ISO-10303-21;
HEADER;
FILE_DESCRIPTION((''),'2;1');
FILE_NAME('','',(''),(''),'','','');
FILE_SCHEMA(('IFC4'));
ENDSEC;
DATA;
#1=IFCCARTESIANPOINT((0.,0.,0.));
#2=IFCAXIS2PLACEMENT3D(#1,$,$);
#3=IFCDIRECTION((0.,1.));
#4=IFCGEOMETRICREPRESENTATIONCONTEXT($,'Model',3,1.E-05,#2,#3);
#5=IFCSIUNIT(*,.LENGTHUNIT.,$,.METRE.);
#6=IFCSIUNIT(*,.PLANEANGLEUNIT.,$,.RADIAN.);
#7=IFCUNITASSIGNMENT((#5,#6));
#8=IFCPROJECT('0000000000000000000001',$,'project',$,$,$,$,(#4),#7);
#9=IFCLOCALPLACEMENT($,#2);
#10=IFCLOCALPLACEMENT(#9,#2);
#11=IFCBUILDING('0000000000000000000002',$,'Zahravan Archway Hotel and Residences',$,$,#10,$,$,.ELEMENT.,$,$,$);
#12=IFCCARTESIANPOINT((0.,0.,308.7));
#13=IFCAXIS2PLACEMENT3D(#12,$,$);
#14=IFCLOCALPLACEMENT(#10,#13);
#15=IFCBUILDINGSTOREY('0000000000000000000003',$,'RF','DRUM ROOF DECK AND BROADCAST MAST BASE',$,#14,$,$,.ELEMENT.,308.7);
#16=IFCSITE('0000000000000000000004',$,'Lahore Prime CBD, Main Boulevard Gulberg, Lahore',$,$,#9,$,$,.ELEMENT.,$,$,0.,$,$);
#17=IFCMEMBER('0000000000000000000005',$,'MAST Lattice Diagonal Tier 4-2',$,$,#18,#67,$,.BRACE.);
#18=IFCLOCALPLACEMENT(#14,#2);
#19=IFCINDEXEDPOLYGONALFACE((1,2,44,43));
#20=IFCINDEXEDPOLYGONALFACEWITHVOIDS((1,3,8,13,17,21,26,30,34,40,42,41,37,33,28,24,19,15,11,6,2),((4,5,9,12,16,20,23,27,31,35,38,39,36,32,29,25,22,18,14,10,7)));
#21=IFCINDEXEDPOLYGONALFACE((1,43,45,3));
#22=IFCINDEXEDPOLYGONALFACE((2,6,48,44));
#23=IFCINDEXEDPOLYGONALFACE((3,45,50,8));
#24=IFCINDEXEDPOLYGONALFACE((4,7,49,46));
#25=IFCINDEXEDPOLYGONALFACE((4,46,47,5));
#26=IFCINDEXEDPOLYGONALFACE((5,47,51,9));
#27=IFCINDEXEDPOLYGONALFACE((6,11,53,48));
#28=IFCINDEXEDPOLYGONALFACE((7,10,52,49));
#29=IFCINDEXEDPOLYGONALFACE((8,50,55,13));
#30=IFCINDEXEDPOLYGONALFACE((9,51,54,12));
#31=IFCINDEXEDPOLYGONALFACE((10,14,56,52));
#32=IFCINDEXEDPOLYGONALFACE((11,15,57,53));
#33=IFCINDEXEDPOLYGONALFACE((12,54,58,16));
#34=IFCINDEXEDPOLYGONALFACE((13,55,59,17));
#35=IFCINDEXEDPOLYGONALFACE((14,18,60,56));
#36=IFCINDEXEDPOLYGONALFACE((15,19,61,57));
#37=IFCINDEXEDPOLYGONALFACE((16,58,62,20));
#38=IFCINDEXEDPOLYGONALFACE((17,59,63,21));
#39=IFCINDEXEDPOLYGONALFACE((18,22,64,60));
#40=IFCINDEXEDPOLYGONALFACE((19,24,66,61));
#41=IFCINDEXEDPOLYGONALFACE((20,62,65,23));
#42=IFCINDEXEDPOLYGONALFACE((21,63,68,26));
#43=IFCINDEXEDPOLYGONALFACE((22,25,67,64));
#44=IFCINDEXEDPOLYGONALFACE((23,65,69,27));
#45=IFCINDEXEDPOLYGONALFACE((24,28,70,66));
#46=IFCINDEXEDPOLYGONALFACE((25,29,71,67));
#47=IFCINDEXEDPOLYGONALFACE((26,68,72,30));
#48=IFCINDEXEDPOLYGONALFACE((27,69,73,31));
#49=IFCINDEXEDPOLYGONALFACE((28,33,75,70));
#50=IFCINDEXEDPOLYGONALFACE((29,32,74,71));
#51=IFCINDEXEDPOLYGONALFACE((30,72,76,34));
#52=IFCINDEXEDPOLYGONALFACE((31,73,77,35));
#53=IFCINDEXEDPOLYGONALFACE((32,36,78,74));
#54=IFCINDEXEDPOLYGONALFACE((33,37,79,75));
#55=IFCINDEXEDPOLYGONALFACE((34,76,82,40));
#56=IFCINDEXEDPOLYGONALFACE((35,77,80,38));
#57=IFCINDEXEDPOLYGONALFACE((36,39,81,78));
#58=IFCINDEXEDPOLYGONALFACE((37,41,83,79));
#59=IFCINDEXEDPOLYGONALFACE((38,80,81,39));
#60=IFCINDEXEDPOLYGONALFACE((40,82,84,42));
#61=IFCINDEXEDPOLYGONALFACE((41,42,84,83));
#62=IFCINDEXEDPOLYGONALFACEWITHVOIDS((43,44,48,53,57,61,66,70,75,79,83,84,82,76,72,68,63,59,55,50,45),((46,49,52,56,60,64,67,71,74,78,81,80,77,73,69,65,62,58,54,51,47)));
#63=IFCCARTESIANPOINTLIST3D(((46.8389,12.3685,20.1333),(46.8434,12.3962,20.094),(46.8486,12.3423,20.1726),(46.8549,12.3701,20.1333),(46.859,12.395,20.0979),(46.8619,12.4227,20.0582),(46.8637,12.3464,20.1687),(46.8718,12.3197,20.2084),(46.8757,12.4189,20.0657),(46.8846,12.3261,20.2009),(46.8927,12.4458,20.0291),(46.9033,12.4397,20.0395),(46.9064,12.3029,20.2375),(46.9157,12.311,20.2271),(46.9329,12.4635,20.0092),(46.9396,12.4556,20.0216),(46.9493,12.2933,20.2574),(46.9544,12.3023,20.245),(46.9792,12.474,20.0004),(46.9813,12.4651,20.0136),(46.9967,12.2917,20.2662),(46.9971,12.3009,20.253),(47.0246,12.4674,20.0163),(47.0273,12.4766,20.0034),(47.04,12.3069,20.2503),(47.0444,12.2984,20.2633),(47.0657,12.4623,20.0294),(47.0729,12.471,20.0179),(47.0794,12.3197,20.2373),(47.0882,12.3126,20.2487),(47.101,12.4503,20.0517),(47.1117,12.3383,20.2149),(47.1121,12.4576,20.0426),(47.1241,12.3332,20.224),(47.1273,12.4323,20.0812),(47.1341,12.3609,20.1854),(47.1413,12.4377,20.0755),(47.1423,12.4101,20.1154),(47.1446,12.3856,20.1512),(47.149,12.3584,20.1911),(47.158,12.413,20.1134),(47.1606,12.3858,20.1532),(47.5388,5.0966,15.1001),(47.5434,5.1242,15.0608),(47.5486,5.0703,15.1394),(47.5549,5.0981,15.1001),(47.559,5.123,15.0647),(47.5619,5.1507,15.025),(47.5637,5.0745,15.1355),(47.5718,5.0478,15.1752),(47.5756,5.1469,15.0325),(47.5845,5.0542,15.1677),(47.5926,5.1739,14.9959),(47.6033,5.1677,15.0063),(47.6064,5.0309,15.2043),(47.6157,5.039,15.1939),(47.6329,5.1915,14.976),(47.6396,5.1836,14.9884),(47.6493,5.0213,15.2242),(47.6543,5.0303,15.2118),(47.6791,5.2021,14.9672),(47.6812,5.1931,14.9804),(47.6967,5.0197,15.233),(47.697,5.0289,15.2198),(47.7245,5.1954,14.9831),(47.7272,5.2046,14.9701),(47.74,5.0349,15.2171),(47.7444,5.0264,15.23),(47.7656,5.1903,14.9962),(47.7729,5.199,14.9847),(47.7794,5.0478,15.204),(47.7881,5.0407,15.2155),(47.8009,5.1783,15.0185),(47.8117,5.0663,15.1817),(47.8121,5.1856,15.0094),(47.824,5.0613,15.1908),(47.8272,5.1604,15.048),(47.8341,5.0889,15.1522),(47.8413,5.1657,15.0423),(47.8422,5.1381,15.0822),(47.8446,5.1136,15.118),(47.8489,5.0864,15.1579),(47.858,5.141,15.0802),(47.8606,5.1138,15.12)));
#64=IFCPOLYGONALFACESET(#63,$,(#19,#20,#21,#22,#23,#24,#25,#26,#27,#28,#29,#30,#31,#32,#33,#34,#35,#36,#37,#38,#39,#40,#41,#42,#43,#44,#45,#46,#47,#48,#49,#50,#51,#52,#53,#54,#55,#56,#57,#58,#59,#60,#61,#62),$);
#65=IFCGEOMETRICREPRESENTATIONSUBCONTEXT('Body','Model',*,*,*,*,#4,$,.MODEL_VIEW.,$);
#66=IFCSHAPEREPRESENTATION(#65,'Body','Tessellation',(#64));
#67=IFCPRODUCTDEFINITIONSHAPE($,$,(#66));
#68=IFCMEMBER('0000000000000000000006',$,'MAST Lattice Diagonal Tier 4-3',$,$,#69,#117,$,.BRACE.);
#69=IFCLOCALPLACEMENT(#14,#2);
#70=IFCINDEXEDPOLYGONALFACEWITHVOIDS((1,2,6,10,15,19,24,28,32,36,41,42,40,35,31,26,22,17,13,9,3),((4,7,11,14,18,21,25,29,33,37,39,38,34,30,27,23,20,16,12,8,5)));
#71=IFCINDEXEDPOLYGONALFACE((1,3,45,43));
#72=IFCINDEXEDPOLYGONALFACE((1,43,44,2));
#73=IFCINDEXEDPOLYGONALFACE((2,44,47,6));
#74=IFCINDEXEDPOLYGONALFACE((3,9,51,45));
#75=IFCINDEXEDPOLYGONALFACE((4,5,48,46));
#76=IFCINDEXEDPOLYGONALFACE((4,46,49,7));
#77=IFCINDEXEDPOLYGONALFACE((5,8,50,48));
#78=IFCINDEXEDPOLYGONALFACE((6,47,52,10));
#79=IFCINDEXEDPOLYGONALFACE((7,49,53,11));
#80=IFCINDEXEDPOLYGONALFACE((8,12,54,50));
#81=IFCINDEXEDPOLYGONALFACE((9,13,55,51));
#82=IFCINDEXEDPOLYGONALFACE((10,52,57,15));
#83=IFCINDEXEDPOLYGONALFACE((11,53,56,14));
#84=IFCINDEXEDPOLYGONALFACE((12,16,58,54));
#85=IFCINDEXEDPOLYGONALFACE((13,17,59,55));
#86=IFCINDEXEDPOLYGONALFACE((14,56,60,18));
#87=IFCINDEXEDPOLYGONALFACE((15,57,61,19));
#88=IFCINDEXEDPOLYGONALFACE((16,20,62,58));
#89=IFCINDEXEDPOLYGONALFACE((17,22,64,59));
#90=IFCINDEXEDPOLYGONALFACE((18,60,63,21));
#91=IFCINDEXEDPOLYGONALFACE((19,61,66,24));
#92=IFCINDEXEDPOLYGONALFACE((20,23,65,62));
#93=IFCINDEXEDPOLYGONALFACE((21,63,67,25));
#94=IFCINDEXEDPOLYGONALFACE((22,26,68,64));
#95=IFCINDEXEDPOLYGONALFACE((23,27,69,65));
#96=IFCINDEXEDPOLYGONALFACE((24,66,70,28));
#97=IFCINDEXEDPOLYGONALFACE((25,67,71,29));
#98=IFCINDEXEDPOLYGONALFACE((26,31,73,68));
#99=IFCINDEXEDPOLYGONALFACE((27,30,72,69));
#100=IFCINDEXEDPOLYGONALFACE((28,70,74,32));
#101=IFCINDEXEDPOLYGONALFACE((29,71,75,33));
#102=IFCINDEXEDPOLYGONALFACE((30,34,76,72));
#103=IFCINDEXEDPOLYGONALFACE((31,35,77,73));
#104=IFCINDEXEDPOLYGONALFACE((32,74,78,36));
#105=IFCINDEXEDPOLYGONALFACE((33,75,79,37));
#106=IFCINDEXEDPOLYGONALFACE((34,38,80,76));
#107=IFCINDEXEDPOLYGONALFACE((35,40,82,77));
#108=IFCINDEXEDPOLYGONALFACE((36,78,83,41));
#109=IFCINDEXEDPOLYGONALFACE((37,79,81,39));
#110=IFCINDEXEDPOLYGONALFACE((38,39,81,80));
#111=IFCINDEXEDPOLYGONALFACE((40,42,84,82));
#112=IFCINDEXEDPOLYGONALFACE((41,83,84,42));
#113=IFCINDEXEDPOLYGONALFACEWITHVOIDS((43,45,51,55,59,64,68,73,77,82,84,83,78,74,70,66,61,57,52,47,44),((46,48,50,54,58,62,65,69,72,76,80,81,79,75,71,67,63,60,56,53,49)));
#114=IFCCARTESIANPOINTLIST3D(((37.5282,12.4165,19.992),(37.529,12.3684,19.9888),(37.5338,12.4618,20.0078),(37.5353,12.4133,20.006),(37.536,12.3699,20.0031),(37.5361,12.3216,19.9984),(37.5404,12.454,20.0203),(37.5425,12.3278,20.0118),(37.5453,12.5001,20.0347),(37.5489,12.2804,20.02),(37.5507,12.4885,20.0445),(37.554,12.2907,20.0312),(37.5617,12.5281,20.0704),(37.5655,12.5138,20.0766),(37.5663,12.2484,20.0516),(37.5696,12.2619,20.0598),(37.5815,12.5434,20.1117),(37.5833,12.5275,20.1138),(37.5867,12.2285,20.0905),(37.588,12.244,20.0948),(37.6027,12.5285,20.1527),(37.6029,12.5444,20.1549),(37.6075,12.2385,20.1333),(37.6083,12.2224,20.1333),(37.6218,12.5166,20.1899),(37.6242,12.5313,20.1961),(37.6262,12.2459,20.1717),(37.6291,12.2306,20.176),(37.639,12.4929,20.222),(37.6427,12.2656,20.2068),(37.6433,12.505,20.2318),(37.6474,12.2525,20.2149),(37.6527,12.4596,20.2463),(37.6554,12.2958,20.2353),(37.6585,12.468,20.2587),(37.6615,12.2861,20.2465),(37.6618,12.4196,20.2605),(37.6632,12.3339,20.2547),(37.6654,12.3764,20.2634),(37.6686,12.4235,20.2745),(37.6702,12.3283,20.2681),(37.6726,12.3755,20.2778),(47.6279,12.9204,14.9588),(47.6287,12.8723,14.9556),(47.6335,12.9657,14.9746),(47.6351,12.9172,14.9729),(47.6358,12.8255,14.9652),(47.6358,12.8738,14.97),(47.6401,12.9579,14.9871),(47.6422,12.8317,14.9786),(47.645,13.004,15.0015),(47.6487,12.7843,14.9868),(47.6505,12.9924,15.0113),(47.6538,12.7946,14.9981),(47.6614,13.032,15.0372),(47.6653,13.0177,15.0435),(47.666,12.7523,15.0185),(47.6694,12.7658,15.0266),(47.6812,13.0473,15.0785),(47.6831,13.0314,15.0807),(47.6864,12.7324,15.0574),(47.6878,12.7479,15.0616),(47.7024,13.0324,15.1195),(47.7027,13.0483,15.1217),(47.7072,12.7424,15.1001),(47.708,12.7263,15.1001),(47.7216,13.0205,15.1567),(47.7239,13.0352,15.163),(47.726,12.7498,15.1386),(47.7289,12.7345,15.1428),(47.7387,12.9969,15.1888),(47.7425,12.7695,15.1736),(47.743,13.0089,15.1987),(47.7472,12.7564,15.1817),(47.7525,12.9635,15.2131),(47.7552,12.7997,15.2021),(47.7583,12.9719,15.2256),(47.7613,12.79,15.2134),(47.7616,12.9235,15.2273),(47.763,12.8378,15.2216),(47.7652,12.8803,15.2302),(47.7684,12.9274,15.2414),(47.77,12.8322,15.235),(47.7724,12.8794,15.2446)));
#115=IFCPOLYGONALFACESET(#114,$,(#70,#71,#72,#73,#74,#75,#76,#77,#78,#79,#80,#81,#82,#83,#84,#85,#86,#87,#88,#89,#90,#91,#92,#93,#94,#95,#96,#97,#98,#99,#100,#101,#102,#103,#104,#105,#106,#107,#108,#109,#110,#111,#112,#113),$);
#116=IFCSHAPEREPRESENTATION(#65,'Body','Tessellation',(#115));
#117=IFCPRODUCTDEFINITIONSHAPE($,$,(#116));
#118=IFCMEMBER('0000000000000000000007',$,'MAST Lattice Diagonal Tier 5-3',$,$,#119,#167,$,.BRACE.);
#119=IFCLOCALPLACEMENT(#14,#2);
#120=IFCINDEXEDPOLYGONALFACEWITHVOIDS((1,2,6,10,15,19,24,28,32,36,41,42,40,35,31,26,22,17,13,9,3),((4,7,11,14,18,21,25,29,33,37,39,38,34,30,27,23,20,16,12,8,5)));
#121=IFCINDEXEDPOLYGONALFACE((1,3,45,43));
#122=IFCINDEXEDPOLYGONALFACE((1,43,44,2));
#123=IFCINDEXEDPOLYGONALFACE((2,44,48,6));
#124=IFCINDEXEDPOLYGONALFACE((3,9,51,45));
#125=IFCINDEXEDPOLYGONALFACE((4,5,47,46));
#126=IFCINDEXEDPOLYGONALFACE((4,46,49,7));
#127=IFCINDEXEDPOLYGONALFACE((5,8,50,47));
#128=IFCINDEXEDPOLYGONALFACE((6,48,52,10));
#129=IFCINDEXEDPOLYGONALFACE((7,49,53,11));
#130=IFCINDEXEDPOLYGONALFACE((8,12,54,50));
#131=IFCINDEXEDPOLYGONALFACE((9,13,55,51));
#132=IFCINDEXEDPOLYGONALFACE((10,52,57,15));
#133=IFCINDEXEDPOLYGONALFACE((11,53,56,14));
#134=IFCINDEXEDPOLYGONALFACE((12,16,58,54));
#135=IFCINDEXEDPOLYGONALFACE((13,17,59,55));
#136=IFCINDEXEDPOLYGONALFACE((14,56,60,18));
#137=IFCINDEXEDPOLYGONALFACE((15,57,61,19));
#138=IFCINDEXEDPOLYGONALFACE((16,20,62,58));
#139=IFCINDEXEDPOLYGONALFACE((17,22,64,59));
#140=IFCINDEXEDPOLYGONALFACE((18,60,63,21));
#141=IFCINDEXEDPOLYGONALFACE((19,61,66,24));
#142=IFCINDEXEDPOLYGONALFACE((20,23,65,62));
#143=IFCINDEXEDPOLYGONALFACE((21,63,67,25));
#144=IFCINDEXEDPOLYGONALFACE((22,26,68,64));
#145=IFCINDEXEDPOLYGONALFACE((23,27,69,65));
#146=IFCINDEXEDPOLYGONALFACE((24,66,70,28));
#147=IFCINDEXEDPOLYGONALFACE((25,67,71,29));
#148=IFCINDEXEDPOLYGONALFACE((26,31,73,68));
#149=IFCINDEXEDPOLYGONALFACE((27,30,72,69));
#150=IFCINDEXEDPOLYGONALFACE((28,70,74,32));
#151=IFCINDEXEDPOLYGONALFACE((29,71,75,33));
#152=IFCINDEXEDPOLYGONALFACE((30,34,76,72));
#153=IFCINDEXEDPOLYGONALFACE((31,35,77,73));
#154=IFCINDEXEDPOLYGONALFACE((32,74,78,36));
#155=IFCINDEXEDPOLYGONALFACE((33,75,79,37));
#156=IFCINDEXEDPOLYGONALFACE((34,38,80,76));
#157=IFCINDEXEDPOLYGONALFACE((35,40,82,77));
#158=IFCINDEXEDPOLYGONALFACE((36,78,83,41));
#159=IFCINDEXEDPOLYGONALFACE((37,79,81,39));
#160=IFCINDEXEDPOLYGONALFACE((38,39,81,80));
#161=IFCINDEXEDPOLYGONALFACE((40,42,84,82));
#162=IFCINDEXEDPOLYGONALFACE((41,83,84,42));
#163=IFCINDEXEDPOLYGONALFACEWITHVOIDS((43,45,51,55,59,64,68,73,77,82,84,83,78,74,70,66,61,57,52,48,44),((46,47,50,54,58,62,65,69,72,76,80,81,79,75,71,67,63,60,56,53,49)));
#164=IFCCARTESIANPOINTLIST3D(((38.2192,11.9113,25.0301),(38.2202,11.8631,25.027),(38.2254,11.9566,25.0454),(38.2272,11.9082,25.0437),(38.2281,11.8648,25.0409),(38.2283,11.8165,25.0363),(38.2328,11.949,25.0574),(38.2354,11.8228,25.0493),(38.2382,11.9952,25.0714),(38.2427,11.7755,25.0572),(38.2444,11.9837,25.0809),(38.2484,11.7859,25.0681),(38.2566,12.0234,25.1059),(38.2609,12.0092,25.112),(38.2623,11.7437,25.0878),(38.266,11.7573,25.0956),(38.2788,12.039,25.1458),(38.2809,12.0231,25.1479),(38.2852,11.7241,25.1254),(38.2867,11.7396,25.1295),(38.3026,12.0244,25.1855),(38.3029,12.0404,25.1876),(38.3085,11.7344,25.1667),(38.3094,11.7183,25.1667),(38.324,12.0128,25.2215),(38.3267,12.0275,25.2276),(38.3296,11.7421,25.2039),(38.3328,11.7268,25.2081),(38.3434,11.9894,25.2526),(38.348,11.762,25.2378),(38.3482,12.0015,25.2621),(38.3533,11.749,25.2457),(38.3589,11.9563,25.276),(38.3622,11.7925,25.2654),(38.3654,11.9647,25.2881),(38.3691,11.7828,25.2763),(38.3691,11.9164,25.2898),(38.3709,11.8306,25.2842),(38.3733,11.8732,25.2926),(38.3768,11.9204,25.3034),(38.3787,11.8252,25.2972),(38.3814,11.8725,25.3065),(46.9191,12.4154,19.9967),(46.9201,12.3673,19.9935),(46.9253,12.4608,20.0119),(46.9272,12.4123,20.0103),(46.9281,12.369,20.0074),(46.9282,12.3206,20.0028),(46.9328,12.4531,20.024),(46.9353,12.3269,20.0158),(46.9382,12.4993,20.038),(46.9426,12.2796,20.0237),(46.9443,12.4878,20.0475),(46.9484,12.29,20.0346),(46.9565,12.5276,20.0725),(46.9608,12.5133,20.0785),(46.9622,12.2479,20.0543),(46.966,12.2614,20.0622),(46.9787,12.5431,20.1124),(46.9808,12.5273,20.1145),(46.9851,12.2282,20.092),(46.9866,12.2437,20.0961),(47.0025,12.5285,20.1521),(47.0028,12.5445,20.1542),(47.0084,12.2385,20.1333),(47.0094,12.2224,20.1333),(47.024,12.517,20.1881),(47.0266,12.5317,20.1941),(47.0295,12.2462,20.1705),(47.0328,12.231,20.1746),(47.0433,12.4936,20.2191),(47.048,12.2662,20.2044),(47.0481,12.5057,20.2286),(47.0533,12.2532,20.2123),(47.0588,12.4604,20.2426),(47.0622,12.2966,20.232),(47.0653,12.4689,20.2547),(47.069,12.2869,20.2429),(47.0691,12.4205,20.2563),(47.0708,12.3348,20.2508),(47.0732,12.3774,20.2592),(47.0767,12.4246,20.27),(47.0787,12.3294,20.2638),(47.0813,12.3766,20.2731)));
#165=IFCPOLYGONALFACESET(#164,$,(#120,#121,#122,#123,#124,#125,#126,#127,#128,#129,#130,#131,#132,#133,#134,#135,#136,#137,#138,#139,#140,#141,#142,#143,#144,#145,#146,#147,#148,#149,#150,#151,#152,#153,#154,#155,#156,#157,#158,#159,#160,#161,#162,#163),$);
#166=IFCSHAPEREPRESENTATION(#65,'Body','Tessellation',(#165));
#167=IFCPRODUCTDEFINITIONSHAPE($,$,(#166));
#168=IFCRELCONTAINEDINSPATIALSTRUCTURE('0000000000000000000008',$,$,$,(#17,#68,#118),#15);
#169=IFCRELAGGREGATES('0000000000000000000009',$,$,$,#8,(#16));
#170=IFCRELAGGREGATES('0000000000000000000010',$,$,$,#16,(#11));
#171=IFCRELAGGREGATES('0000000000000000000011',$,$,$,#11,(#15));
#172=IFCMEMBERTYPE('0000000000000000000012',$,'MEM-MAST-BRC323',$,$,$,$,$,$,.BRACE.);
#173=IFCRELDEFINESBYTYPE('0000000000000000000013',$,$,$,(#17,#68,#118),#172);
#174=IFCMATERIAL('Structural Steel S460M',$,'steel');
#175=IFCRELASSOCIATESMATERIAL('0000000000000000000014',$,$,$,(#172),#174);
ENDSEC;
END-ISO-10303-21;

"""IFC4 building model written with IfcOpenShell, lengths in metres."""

from ifc_helpers import new_model, si_unit, direction, frame, origin, origin_2d, place, context, subcontext, project, spatial, hollow_circle, extrude, source, transform, mapped, material, material_profile, profile_set, type_object, element, save


model = new_model("IFC4")

# Units and contexts
model_context = context("Model", 3, precision=1e-05, world=origin(), true_north=direction((0.0, 1.0)))
body_context = subcontext(model_context, "Body", "Model", "MODEL_VIEW")
ifc_project = project(units=[si_unit("LENGTHUNIT", "METRE"), si_unit("PLANEANGLEUNIT", "RADIAN")], contexts=[model_context])

# Site, building, storey
site_placement = place(None, origin())
site = spatial("IfcSite", under=ifc_project, at=site_placement, Name="Lahore Prime CBD, Main Boulevard Gulberg, Lahore", CompositionType="ELEMENT", RefElevation=0.0)
building_placement = place(site_placement, origin())
building = spatial("IfcBuilding", under=site, at=building_placement, Name="Zahravan Archway Hotel and Residences", CompositionType="ELEMENT")
storey_placement = place(building_placement, frame((0.0, 0.0, 308.7)))
storey = spatial("IfcBuildingStorey", under=building, at=storey_placement, Name="RF", Description="DRUM ROOF DECK AND BROADCAST MAST BASE", CompositionType="ELEMENT", Elevation=308.7)

# Members
ifc_material_1 = material(Name="Structural Steel S460M", Category="steel")
ifc_material_profile_1 = material_profile(ifc_material_1, hollow_circle(Radius=0.1619, WallThickness=0.0161, at=origin_2d()), Name="CHS 323.9x16", Category="steel")
ifc_profile_set_1 = profile_set([ifc_material_profile_1], Name="Structural Steel S460M")
member_type_1 = type_object("IfcMemberType", Name="MEM-MAST-BRC323", PredefinedType="BRACE", material=ifc_profile_set_1)
shared_shape_1 = source(origin(), body_context, "Body", "SweptSolid", [
    extrude(hollow_circle(Radius=0.1619, WallThickness=0.0161, at=origin_2d()), origin(), (0.0, 0.0, 1.0), 8.8716),
])
member_1_placement = place(storey_placement, frame((47.7, 5.1121, 15.1001), z_axis=(-0.078898, 0.819695, 0.567341), x_axis=(-0.9954, -0.09581, 0.0)))
element("IfcMember", 1, at=member_1_placement, inside=storey, type_object=member_type_1, Name="MAST Lattice Diagonal Tier 4-2", PredefinedType="BRACE", context=body_context, shape_type="MappedRepresentation", body=[
    mapped(shared_shape_1, transform((0.0, 0.0, 0.0), scale=1.0)),
])
shared_shape_2 = source(origin(), body_context, "Body", "SweptSolid", [
    extrude(hollow_circle(Radius=0.1619, WallThickness=0.0161, at=origin_2d()), origin(), (0.0, 0.0, 1.0), 11.2957),
])
member_2_placement = place(storey_placement, frame((47.7, 12.8879, 15.1001), z_axis=(-0.894128, -0.04461, 0.445584), x_axis=(0.04983, -0.998758, 0.0)))
element("IfcMember", 2, at=member_2_placement, inside=storey, type_object=member_type_1, Name="MAST Lattice Diagonal Tier 4-3", PredefinedType="BRACE", context=body_context, shape_type="MappedRepresentation", body=[
    mapped(shared_shape_2, transform((0.0, 0.0, 0.0), scale=1.0)),
])
shared_shape_3 = source(origin(), body_context, "Body", "SweptSolid", [
    extrude(hollow_circle(Radius=0.1619, WallThickness=0.0161, at=origin_2d()), origin(), (0.0, 0.0, 1.0), 10.0637),
])
member_3_placement = place(storey_placement, frame((47.0, 12.384, 20.1333), z_axis=(-0.864485, -0.050096, 0.500157), x_axis=(0.057852, -0.998325, 0.0)))
element("IfcMember", 3, at=member_3_placement, inside=storey, type_object=member_type_1, Name="MAST Lattice Diagonal Tier 5-3", PredefinedType="BRACE", context=body_context, shape_type="MappedRepresentation", body=[
    mapped(shared_shape_3, transform((0.0, 0.0, 0.0), scale=1.0)),
])

save(model, "model.ifc")
